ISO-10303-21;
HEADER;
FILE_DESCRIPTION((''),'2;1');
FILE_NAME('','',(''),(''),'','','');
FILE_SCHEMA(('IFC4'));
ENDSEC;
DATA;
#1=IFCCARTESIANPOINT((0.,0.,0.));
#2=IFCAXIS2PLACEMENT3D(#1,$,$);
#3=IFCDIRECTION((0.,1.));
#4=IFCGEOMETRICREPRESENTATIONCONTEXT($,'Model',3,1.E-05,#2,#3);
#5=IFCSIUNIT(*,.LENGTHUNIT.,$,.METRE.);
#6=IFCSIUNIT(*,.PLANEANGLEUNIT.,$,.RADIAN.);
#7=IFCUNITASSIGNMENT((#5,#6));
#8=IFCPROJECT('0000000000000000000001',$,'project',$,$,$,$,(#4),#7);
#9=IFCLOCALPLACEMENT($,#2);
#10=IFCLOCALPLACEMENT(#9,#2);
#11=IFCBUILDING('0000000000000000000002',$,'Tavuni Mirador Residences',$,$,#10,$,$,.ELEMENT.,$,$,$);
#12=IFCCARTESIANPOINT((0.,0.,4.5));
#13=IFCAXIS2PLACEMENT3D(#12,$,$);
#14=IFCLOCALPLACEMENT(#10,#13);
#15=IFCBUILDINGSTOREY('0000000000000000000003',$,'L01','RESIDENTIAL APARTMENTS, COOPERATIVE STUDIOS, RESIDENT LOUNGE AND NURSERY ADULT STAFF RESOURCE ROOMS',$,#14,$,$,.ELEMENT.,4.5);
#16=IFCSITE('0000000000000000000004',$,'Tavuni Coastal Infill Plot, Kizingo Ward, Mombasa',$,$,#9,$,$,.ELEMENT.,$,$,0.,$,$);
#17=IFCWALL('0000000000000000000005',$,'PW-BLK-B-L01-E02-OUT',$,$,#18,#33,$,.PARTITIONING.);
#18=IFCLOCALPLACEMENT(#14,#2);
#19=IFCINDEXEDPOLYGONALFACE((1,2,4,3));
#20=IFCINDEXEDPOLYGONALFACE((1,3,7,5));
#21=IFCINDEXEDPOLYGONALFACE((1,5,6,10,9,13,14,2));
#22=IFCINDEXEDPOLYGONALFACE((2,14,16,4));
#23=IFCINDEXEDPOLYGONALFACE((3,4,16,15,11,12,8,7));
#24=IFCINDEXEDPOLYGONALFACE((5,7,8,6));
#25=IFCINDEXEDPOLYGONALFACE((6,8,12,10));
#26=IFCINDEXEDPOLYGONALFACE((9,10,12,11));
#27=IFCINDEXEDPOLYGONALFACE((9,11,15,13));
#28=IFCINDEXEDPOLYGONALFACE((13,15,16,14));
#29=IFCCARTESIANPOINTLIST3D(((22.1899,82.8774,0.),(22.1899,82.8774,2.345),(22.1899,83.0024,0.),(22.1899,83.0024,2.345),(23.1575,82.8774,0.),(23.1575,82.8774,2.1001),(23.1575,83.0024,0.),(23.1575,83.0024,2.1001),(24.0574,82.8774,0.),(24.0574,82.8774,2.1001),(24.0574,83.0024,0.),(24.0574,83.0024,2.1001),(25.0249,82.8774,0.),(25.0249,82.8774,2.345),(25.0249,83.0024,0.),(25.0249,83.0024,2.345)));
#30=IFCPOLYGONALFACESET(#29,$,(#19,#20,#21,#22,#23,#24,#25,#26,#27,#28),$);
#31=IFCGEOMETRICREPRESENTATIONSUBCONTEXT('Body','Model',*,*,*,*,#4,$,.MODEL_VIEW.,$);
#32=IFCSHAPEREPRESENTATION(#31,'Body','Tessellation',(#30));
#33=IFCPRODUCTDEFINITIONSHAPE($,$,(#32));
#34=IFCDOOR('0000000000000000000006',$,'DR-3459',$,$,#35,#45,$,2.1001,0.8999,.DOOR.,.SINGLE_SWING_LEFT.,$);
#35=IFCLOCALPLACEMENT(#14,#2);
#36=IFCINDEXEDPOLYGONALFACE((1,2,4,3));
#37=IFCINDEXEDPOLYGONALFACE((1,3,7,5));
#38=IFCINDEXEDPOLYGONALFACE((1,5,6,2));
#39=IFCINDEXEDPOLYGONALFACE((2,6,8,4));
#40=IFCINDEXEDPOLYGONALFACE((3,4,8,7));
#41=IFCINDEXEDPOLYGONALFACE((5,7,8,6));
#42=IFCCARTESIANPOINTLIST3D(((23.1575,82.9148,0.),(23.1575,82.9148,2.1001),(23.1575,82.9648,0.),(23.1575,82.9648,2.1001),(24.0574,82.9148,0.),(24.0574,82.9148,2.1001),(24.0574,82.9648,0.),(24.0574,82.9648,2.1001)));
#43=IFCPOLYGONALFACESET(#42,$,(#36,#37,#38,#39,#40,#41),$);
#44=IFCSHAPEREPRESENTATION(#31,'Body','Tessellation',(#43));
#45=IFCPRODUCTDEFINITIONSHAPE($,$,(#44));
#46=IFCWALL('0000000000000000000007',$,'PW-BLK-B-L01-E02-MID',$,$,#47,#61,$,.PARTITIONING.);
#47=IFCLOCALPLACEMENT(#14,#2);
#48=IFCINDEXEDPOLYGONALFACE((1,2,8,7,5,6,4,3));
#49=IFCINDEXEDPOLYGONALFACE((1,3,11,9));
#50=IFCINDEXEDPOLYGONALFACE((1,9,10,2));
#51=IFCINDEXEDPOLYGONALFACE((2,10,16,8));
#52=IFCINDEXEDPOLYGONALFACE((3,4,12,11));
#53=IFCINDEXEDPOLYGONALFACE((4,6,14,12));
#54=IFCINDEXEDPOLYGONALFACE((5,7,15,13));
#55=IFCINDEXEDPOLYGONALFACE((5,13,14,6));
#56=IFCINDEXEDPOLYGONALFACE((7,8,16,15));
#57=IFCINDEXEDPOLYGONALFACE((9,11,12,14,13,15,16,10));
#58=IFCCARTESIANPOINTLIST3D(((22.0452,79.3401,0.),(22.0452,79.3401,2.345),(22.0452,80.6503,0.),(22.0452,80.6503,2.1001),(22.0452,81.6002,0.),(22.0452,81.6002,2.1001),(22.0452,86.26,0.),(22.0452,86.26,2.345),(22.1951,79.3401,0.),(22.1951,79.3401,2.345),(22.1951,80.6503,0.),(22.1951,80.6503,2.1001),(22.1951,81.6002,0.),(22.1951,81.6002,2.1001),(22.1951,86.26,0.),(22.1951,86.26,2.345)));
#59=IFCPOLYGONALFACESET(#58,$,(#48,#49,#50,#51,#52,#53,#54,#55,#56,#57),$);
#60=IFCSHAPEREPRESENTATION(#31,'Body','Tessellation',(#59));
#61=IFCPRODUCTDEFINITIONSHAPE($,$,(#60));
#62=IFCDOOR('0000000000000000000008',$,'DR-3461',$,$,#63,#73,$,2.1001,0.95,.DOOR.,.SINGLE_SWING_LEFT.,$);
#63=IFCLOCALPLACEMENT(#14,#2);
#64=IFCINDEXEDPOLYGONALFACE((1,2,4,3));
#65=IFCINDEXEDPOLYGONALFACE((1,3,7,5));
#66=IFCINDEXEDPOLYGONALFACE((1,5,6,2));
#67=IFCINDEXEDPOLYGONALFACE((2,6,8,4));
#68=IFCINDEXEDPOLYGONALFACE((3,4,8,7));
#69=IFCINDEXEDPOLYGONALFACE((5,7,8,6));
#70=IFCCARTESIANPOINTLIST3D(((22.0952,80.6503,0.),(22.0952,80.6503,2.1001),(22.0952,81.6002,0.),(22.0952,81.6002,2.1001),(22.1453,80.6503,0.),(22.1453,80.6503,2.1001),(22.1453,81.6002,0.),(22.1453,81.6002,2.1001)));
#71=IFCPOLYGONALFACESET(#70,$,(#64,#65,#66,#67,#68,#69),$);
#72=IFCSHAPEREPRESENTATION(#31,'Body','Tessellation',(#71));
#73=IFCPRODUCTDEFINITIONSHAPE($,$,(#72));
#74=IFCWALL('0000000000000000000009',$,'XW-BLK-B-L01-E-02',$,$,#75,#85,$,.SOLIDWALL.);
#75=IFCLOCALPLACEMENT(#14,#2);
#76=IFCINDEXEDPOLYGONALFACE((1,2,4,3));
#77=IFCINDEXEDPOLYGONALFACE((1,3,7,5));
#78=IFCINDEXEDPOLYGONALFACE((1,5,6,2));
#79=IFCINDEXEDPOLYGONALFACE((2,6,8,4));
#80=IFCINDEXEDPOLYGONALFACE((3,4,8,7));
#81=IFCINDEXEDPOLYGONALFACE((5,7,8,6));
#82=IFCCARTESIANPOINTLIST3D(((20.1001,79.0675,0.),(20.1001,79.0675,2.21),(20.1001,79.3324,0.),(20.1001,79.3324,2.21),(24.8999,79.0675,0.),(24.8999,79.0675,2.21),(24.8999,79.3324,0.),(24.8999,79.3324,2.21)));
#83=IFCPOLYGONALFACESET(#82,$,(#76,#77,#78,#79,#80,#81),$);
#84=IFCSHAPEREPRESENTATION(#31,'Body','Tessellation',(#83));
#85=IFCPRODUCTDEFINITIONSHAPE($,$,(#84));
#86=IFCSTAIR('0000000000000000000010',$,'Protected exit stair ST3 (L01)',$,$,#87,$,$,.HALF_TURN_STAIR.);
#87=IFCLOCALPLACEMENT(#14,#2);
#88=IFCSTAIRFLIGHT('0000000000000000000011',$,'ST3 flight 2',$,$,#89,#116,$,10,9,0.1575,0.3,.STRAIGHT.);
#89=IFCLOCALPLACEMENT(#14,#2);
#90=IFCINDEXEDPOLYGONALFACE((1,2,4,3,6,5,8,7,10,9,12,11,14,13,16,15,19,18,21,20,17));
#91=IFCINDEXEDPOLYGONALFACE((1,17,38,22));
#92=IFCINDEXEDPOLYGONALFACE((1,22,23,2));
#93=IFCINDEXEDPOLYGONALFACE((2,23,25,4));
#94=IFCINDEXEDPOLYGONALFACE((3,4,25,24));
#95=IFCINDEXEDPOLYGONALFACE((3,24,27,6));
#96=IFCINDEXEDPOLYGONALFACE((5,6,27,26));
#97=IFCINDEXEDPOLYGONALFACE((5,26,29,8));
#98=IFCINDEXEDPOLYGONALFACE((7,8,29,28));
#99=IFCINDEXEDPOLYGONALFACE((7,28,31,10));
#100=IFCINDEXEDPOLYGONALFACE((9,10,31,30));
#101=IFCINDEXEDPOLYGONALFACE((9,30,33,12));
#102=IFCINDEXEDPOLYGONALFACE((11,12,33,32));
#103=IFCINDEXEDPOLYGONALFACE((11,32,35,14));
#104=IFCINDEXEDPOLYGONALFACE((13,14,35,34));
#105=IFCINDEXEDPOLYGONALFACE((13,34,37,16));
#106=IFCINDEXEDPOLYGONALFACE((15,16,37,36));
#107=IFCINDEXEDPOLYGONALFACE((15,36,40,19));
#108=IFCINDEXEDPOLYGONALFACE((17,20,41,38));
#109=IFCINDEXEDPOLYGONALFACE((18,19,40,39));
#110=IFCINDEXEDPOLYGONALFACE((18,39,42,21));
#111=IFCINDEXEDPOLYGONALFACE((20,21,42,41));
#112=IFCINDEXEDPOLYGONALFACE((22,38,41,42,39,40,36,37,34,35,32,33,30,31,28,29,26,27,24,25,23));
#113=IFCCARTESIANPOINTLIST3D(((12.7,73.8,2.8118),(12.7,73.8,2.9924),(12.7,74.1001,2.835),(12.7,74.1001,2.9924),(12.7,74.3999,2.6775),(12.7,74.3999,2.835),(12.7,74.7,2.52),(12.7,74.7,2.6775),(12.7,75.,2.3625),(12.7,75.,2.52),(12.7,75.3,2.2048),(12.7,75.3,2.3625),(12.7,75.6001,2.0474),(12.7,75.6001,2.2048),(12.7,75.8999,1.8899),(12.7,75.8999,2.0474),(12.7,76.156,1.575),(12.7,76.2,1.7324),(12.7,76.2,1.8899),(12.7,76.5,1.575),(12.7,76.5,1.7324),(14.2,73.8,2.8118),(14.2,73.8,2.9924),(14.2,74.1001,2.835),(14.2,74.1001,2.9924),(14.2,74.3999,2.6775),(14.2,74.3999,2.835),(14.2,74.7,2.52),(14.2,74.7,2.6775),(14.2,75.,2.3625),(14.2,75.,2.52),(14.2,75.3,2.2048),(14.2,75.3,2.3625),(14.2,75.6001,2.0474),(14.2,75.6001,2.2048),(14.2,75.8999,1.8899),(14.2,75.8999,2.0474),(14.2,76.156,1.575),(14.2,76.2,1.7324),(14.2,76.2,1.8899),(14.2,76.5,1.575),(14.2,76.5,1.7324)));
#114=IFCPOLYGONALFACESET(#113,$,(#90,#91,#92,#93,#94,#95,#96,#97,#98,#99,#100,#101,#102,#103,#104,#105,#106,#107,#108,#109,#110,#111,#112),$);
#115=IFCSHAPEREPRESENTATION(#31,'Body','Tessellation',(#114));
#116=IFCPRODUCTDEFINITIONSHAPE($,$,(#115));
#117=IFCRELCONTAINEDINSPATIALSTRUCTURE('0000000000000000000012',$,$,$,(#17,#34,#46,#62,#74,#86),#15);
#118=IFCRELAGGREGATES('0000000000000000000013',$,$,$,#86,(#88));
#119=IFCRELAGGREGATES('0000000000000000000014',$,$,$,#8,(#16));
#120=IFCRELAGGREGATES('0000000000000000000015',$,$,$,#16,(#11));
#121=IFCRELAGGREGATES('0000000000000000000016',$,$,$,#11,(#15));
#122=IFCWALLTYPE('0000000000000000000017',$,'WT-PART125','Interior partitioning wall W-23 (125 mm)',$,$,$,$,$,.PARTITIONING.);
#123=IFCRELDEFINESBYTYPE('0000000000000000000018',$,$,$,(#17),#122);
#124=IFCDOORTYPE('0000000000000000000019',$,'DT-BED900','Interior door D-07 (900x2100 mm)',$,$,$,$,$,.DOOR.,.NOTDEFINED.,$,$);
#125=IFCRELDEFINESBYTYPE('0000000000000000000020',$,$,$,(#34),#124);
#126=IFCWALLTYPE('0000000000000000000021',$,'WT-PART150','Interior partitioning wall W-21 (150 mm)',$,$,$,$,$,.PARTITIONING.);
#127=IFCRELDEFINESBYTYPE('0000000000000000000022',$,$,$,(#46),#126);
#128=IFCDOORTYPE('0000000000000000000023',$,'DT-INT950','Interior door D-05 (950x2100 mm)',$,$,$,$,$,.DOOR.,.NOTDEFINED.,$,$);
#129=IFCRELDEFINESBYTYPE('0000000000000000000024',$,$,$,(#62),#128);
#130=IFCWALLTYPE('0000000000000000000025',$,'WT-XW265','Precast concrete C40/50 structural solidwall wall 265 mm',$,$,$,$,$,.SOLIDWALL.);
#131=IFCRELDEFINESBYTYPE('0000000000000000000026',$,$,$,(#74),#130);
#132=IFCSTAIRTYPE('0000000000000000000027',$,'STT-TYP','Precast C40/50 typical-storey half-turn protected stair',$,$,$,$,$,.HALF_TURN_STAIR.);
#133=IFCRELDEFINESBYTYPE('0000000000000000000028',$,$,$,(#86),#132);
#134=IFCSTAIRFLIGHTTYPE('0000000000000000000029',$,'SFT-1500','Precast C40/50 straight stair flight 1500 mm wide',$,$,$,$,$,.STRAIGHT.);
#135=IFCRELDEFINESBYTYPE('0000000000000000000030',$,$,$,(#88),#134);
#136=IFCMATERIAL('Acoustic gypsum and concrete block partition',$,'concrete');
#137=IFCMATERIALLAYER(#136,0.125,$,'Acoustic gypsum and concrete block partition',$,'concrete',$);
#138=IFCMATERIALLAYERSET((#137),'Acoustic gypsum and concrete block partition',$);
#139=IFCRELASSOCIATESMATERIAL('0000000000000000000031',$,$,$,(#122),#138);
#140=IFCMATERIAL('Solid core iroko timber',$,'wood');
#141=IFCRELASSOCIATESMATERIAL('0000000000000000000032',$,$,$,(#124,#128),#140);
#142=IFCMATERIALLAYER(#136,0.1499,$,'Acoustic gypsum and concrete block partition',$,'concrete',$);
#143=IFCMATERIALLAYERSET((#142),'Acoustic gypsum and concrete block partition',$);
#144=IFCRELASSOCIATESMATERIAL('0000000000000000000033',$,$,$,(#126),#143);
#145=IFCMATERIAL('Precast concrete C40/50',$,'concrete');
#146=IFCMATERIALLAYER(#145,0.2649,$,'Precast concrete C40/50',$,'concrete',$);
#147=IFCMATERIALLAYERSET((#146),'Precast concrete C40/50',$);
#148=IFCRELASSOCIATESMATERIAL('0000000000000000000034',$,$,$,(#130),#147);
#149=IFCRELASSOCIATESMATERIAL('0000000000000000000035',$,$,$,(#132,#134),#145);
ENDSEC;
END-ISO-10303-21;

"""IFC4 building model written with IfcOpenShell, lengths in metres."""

from ifc_helpers import new_model, si_unit, direction, frame, frame_2d, origin, place, context, subcontext, project, spatial, polyline, rectangle, outline, extrude, material, layer, layer_set, type_object, element, fill, aggregate, save


model = new_model("IFC4")

# Units and contexts
model_context = context("Model", 3, precision=1e-05, world=origin(), true_north=direction((0.0, 1.0)))
body_context = subcontext(model_context, "Body", "Model", "MODEL_VIEW")
ifc_project = project(units=[si_unit("LENGTHUNIT", "METRE"), si_unit("PLANEANGLEUNIT", "RADIAN")], contexts=[model_context])

# Site, building, storey
site_placement = place(None, origin())
site = spatial("IfcSite", under=ifc_project, at=site_placement, Name="Tavuni Coastal Infill Plot, Kizingo Ward, Mombasa", CompositionType="ELEMENT", RefElevation=0.0)
building_placement = place(site_placement, origin())
building = spatial("IfcBuilding", under=site, at=building_placement, Name="Tavuni Mirador Residences", CompositionType="ELEMENT")
storey_placement = place(building_placement, frame((0.0, 0.0, 4.5)))
storey = spatial("IfcBuildingStorey", under=building, at=storey_placement, Name="L01", Description="RESIDENTIAL APARTMENTS, COOPERATIVE STUDIOS, RESIDENT LOUNGE AND NURSERY ADULT STAFF RESOURCE ROOMS", CompositionType="ELEMENT", Elevation=4.5)

# Shared definitions
ifc_material_1 = material(Name="Precast concrete C40/50", Category="concrete")

# Shared definitions
ifc_material_2 = material(Name="Solid core iroko timber", Category="wood")

# Walls, openings, doors
ifc_material_3 = material(Name="Acoustic gypsum and concrete block partition", Category="concrete")
ifc_layer_1 = layer(ifc_material_3, 0.125, Name="Acoustic gypsum and concrete block partition", Category="concrete")
ifc_layer_set_1 = layer_set([ifc_layer_1], Name="Acoustic gypsum and concrete block partition")
wall_type_1 = type_object("IfcWallType", Name="WT-PART125", Description="Interior partitioning wall W-23 (125 mm)", PredefinedType="PARTITIONING", material=ifc_layer_set_1)
wall_1_placement = place(storey_placement, frame((22.1899, 82.9399, 0.0), z_axis=(0.0, 0.0, 1.0), x_axis=(1.0, 0.0, 0.0)))
wall_1 = element("IfcWall", 1, at=wall_1_placement, inside=storey, type_object=wall_type_1, Name="PW-BLK-B-L01-E02-OUT", PredefinedType="PARTITIONING", context=body_context, shape_type="SweptSolid", body=[
    extrude(rectangle(XDim=2.835, YDim=0.125, at=frame_2d((1.4175, 0.0))), origin(), (0.0, 0.0, 1.0), 2.345),
])
opening_1_placement = place(wall_1_placement, frame((0.9675, 0.0, 0.0)))
opening_1 = element("IfcOpeningElement", 2, at=opening_1_placement, cuts=wall_1, PredefinedType="OPENING", context=body_context, shape_type="SweptSolid", body=[
    extrude(rectangle(XDim=0.8999, YDim=2.1001, at=frame_2d((0.45, 1.05))), frame((0.0, 0.0725, 0.0), z_axis=(0.0, -1.0, 0.0), x_axis=(1.0, 0.0, 0.0)), (0.0, 0.0, 1.0), 0.145),
])
door_type_1 = type_object("IfcDoorType", Name="DT-BED900", Description="Interior door D-07 (900x2100 mm)", OperationType="NOTDEFINED", PredefinedType="DOOR", material=ifc_material_2)
door_1_placement = place(opening_1_placement, origin())
door_1 = element("IfcDoor", 3, at=door_1_placement, inside=storey, type_object=door_type_1, Name="DR-3459", OperationType="SINGLE_SWING_LEFT", OverallHeight=2.1001, OverallWidth=0.8999, PredefinedType="DOOR", context=body_context, shape_type="SweptSolid", body=[
    extrude(rectangle(XDim=0.8999, YDim=2.1001, at=frame_2d((0.45, 1.05))), frame((0.0, 0.0249, 0.0), z_axis=(0.0, -1.0, 0.0), x_axis=(1.0, 0.0, 0.0)), (0.0, 0.0, 1.0), 0.05),
])
fill(opening_1, door_1)
ifc_layer_2 = layer(ifc_material_3, 0.1499, Name="Acoustic gypsum and concrete block partition", Category="concrete")
ifc_layer_set_2 = layer_set([ifc_layer_2], Name="Acoustic gypsum and concrete block partition")
wall_type_2 = type_object("IfcWallType", Name="WT-PART150", Description="Interior partitioning wall W-21 (150 mm)", PredefinedType="PARTITIONING", material=ifc_layer_set_2)
wall_2_placement = place(storey_placement, frame((22.1201, 79.3401, 0.0), z_axis=(0.0, 0.0, 1.0), x_axis=(0.0, 1.0, 0.0)))
wall_2 = element("IfcWall", 4, at=wall_2_placement, inside=storey, type_object=wall_type_2, Name="PW-BLK-B-L01-E02-MID", PredefinedType="PARTITIONING", context=body_context, shape_type="SweptSolid", body=[
    extrude(rectangle(XDim=6.9199, YDim=0.1499, at=frame_2d((3.46, 0.0))), origin(), (0.0, 0.0, 1.0), 2.345),
])
opening_2_placement = place(wall_2_placement, frame((1.3101, 0.0, 0.0)))
opening_2 = element("IfcOpeningElement", 5, at=opening_2_placement, cuts=wall_2, PredefinedType="OPENING", context=body_context, shape_type="SweptSolid", body=[
    extrude(rectangle(XDim=0.95, YDim=2.1001, at=frame_2d((0.4751, 1.05))), frame((0.0, 0.085, 0.0), z_axis=(0.0, -1.0, 0.0), x_axis=(1.0, 0.0, 0.0)), (0.0, 0.0, 1.0), 0.1699),
])
door_type_2 = type_object("IfcDoorType", Name="DT-INT950", Description="Interior door D-05 (950x2100 mm)", OperationType="NOTDEFINED", PredefinedType="DOOR", material=ifc_material_2)
door_2_placement = place(opening_2_placement, origin())
door_2 = element("IfcDoor", 6, at=door_2_placement, inside=storey, type_object=door_type_2, Name="DR-3461", OperationType="SINGLE_SWING_LEFT", OverallHeight=2.1001, OverallWidth=0.95, PredefinedType="DOOR", context=body_context, shape_type="SweptSolid", body=[
    extrude(rectangle(XDim=0.95, YDim=2.1001, at=frame_2d((0.4751, 1.05))), frame((0.0, 0.0249, 0.0), z_axis=(0.0, -1.0, 0.0), x_axis=(1.0, 0.0, 0.0)), (0.0, 0.0, 1.0), 0.05),
])
fill(opening_2, door_2)

# Wall
ifc_layer_3 = layer(ifc_material_1, 0.2649, Name="Precast concrete C40/50", Category="concrete")
ifc_layer_set_3 = layer_set([ifc_layer_3], Name="Precast concrete C40/50")
wall_type_3 = type_object("IfcWallType", Name="WT-XW265", Description="Precast concrete C40/50 structural solidwall wall 265 mm", PredefinedType="SOLIDWALL", material=ifc_layer_set_3)
wall_3_placement = place(storey_placement, frame((20.1001, 79.2, 0.0), z_axis=(0.0, 0.0, 1.0), x_axis=(1.0, 0.0, 0.0)))
element("IfcWall", 7, at=wall_3_placement, inside=storey, type_object=wall_type_3, Name="XW-BLK-B-L01-E-02", PredefinedType="SOLIDWALL", context=body_context, shape_type="SweptSolid", body=[
    extrude(rectangle(XDim=4.7998, YDim=0.2649, at=frame_2d((2.3999, 0.0))), origin(), (0.0, 0.0, 1.0), 2.21),
])

# Stair, stair flight
stair_type = type_object("IfcStairType", Name="STT-TYP", Description="Precast C40/50 typical-storey half-turn protected stair", PredefinedType="HALF_TURN_STAIR", material=ifc_material_1)
stair_placement = place(storey_placement, origin())
stair = element("IfcStair", 8, at=stair_placement, inside=storey, type_object=stair_type, Name="Protected exit stair ST3 (L01)", PredefinedType="HALF_TURN_STAIR")
stair_flight_type = type_object("IfcStairFlightType", Name="SFT-1500", Description="Precast C40/50 straight stair flight 1500 mm wide", PredefinedType="STRAIGHT", material=ifc_material_1)
stair_flight_placement = place(storey_placement, frame((13.45, 76.5, 1.575), z_axis=(0.0, 0.0, 1.0), x_axis=(0.0, -1.0, 0.0)))
stair_flight = element("IfcStairFlight", 9, at=stair_flight_placement, type_object=stair_flight_type, Name="ST3 flight 2", NumberOfRisers=10, NumberOfTreads=9, PredefinedType="STRAIGHT", RiserHeight=0.1575, TreadLength=0.3, context=body_context, shape_type="SweptSolid", body=[
    extrude(outline(polyline([(0.0, 0.0), (0.0, 0.1575), (0.3, 0.1575), (0.3, 0.3149), (0.6001, 0.3149), (0.6001, 0.4724), (0.8999, 0.4724), (0.8999, 0.6299), (1.2, 0.6299), (1.2, 0.7876), (1.5, 0.7876), (1.5, 0.9451), (1.8, 0.9451), (1.8, 1.1025), (2.1001, 1.1025), (2.1001, 1.26), (2.3999, 1.26), (2.3999, 1.4175), (2.7, 1.4175), (2.7, 1.575), (2.7, 1.2368), (0.344, 0.0), (0.0, 0.0)])), frame((0.0, 0.75, 0.0), z_axis=(0.0, -1.0, 0.0), x_axis=(1.0, 0.0, 0.0)), (0.0, 0.0, 1.0), 1.5),
])
aggregate(stair, [stair_flight])

save(model, "model.ifc")
